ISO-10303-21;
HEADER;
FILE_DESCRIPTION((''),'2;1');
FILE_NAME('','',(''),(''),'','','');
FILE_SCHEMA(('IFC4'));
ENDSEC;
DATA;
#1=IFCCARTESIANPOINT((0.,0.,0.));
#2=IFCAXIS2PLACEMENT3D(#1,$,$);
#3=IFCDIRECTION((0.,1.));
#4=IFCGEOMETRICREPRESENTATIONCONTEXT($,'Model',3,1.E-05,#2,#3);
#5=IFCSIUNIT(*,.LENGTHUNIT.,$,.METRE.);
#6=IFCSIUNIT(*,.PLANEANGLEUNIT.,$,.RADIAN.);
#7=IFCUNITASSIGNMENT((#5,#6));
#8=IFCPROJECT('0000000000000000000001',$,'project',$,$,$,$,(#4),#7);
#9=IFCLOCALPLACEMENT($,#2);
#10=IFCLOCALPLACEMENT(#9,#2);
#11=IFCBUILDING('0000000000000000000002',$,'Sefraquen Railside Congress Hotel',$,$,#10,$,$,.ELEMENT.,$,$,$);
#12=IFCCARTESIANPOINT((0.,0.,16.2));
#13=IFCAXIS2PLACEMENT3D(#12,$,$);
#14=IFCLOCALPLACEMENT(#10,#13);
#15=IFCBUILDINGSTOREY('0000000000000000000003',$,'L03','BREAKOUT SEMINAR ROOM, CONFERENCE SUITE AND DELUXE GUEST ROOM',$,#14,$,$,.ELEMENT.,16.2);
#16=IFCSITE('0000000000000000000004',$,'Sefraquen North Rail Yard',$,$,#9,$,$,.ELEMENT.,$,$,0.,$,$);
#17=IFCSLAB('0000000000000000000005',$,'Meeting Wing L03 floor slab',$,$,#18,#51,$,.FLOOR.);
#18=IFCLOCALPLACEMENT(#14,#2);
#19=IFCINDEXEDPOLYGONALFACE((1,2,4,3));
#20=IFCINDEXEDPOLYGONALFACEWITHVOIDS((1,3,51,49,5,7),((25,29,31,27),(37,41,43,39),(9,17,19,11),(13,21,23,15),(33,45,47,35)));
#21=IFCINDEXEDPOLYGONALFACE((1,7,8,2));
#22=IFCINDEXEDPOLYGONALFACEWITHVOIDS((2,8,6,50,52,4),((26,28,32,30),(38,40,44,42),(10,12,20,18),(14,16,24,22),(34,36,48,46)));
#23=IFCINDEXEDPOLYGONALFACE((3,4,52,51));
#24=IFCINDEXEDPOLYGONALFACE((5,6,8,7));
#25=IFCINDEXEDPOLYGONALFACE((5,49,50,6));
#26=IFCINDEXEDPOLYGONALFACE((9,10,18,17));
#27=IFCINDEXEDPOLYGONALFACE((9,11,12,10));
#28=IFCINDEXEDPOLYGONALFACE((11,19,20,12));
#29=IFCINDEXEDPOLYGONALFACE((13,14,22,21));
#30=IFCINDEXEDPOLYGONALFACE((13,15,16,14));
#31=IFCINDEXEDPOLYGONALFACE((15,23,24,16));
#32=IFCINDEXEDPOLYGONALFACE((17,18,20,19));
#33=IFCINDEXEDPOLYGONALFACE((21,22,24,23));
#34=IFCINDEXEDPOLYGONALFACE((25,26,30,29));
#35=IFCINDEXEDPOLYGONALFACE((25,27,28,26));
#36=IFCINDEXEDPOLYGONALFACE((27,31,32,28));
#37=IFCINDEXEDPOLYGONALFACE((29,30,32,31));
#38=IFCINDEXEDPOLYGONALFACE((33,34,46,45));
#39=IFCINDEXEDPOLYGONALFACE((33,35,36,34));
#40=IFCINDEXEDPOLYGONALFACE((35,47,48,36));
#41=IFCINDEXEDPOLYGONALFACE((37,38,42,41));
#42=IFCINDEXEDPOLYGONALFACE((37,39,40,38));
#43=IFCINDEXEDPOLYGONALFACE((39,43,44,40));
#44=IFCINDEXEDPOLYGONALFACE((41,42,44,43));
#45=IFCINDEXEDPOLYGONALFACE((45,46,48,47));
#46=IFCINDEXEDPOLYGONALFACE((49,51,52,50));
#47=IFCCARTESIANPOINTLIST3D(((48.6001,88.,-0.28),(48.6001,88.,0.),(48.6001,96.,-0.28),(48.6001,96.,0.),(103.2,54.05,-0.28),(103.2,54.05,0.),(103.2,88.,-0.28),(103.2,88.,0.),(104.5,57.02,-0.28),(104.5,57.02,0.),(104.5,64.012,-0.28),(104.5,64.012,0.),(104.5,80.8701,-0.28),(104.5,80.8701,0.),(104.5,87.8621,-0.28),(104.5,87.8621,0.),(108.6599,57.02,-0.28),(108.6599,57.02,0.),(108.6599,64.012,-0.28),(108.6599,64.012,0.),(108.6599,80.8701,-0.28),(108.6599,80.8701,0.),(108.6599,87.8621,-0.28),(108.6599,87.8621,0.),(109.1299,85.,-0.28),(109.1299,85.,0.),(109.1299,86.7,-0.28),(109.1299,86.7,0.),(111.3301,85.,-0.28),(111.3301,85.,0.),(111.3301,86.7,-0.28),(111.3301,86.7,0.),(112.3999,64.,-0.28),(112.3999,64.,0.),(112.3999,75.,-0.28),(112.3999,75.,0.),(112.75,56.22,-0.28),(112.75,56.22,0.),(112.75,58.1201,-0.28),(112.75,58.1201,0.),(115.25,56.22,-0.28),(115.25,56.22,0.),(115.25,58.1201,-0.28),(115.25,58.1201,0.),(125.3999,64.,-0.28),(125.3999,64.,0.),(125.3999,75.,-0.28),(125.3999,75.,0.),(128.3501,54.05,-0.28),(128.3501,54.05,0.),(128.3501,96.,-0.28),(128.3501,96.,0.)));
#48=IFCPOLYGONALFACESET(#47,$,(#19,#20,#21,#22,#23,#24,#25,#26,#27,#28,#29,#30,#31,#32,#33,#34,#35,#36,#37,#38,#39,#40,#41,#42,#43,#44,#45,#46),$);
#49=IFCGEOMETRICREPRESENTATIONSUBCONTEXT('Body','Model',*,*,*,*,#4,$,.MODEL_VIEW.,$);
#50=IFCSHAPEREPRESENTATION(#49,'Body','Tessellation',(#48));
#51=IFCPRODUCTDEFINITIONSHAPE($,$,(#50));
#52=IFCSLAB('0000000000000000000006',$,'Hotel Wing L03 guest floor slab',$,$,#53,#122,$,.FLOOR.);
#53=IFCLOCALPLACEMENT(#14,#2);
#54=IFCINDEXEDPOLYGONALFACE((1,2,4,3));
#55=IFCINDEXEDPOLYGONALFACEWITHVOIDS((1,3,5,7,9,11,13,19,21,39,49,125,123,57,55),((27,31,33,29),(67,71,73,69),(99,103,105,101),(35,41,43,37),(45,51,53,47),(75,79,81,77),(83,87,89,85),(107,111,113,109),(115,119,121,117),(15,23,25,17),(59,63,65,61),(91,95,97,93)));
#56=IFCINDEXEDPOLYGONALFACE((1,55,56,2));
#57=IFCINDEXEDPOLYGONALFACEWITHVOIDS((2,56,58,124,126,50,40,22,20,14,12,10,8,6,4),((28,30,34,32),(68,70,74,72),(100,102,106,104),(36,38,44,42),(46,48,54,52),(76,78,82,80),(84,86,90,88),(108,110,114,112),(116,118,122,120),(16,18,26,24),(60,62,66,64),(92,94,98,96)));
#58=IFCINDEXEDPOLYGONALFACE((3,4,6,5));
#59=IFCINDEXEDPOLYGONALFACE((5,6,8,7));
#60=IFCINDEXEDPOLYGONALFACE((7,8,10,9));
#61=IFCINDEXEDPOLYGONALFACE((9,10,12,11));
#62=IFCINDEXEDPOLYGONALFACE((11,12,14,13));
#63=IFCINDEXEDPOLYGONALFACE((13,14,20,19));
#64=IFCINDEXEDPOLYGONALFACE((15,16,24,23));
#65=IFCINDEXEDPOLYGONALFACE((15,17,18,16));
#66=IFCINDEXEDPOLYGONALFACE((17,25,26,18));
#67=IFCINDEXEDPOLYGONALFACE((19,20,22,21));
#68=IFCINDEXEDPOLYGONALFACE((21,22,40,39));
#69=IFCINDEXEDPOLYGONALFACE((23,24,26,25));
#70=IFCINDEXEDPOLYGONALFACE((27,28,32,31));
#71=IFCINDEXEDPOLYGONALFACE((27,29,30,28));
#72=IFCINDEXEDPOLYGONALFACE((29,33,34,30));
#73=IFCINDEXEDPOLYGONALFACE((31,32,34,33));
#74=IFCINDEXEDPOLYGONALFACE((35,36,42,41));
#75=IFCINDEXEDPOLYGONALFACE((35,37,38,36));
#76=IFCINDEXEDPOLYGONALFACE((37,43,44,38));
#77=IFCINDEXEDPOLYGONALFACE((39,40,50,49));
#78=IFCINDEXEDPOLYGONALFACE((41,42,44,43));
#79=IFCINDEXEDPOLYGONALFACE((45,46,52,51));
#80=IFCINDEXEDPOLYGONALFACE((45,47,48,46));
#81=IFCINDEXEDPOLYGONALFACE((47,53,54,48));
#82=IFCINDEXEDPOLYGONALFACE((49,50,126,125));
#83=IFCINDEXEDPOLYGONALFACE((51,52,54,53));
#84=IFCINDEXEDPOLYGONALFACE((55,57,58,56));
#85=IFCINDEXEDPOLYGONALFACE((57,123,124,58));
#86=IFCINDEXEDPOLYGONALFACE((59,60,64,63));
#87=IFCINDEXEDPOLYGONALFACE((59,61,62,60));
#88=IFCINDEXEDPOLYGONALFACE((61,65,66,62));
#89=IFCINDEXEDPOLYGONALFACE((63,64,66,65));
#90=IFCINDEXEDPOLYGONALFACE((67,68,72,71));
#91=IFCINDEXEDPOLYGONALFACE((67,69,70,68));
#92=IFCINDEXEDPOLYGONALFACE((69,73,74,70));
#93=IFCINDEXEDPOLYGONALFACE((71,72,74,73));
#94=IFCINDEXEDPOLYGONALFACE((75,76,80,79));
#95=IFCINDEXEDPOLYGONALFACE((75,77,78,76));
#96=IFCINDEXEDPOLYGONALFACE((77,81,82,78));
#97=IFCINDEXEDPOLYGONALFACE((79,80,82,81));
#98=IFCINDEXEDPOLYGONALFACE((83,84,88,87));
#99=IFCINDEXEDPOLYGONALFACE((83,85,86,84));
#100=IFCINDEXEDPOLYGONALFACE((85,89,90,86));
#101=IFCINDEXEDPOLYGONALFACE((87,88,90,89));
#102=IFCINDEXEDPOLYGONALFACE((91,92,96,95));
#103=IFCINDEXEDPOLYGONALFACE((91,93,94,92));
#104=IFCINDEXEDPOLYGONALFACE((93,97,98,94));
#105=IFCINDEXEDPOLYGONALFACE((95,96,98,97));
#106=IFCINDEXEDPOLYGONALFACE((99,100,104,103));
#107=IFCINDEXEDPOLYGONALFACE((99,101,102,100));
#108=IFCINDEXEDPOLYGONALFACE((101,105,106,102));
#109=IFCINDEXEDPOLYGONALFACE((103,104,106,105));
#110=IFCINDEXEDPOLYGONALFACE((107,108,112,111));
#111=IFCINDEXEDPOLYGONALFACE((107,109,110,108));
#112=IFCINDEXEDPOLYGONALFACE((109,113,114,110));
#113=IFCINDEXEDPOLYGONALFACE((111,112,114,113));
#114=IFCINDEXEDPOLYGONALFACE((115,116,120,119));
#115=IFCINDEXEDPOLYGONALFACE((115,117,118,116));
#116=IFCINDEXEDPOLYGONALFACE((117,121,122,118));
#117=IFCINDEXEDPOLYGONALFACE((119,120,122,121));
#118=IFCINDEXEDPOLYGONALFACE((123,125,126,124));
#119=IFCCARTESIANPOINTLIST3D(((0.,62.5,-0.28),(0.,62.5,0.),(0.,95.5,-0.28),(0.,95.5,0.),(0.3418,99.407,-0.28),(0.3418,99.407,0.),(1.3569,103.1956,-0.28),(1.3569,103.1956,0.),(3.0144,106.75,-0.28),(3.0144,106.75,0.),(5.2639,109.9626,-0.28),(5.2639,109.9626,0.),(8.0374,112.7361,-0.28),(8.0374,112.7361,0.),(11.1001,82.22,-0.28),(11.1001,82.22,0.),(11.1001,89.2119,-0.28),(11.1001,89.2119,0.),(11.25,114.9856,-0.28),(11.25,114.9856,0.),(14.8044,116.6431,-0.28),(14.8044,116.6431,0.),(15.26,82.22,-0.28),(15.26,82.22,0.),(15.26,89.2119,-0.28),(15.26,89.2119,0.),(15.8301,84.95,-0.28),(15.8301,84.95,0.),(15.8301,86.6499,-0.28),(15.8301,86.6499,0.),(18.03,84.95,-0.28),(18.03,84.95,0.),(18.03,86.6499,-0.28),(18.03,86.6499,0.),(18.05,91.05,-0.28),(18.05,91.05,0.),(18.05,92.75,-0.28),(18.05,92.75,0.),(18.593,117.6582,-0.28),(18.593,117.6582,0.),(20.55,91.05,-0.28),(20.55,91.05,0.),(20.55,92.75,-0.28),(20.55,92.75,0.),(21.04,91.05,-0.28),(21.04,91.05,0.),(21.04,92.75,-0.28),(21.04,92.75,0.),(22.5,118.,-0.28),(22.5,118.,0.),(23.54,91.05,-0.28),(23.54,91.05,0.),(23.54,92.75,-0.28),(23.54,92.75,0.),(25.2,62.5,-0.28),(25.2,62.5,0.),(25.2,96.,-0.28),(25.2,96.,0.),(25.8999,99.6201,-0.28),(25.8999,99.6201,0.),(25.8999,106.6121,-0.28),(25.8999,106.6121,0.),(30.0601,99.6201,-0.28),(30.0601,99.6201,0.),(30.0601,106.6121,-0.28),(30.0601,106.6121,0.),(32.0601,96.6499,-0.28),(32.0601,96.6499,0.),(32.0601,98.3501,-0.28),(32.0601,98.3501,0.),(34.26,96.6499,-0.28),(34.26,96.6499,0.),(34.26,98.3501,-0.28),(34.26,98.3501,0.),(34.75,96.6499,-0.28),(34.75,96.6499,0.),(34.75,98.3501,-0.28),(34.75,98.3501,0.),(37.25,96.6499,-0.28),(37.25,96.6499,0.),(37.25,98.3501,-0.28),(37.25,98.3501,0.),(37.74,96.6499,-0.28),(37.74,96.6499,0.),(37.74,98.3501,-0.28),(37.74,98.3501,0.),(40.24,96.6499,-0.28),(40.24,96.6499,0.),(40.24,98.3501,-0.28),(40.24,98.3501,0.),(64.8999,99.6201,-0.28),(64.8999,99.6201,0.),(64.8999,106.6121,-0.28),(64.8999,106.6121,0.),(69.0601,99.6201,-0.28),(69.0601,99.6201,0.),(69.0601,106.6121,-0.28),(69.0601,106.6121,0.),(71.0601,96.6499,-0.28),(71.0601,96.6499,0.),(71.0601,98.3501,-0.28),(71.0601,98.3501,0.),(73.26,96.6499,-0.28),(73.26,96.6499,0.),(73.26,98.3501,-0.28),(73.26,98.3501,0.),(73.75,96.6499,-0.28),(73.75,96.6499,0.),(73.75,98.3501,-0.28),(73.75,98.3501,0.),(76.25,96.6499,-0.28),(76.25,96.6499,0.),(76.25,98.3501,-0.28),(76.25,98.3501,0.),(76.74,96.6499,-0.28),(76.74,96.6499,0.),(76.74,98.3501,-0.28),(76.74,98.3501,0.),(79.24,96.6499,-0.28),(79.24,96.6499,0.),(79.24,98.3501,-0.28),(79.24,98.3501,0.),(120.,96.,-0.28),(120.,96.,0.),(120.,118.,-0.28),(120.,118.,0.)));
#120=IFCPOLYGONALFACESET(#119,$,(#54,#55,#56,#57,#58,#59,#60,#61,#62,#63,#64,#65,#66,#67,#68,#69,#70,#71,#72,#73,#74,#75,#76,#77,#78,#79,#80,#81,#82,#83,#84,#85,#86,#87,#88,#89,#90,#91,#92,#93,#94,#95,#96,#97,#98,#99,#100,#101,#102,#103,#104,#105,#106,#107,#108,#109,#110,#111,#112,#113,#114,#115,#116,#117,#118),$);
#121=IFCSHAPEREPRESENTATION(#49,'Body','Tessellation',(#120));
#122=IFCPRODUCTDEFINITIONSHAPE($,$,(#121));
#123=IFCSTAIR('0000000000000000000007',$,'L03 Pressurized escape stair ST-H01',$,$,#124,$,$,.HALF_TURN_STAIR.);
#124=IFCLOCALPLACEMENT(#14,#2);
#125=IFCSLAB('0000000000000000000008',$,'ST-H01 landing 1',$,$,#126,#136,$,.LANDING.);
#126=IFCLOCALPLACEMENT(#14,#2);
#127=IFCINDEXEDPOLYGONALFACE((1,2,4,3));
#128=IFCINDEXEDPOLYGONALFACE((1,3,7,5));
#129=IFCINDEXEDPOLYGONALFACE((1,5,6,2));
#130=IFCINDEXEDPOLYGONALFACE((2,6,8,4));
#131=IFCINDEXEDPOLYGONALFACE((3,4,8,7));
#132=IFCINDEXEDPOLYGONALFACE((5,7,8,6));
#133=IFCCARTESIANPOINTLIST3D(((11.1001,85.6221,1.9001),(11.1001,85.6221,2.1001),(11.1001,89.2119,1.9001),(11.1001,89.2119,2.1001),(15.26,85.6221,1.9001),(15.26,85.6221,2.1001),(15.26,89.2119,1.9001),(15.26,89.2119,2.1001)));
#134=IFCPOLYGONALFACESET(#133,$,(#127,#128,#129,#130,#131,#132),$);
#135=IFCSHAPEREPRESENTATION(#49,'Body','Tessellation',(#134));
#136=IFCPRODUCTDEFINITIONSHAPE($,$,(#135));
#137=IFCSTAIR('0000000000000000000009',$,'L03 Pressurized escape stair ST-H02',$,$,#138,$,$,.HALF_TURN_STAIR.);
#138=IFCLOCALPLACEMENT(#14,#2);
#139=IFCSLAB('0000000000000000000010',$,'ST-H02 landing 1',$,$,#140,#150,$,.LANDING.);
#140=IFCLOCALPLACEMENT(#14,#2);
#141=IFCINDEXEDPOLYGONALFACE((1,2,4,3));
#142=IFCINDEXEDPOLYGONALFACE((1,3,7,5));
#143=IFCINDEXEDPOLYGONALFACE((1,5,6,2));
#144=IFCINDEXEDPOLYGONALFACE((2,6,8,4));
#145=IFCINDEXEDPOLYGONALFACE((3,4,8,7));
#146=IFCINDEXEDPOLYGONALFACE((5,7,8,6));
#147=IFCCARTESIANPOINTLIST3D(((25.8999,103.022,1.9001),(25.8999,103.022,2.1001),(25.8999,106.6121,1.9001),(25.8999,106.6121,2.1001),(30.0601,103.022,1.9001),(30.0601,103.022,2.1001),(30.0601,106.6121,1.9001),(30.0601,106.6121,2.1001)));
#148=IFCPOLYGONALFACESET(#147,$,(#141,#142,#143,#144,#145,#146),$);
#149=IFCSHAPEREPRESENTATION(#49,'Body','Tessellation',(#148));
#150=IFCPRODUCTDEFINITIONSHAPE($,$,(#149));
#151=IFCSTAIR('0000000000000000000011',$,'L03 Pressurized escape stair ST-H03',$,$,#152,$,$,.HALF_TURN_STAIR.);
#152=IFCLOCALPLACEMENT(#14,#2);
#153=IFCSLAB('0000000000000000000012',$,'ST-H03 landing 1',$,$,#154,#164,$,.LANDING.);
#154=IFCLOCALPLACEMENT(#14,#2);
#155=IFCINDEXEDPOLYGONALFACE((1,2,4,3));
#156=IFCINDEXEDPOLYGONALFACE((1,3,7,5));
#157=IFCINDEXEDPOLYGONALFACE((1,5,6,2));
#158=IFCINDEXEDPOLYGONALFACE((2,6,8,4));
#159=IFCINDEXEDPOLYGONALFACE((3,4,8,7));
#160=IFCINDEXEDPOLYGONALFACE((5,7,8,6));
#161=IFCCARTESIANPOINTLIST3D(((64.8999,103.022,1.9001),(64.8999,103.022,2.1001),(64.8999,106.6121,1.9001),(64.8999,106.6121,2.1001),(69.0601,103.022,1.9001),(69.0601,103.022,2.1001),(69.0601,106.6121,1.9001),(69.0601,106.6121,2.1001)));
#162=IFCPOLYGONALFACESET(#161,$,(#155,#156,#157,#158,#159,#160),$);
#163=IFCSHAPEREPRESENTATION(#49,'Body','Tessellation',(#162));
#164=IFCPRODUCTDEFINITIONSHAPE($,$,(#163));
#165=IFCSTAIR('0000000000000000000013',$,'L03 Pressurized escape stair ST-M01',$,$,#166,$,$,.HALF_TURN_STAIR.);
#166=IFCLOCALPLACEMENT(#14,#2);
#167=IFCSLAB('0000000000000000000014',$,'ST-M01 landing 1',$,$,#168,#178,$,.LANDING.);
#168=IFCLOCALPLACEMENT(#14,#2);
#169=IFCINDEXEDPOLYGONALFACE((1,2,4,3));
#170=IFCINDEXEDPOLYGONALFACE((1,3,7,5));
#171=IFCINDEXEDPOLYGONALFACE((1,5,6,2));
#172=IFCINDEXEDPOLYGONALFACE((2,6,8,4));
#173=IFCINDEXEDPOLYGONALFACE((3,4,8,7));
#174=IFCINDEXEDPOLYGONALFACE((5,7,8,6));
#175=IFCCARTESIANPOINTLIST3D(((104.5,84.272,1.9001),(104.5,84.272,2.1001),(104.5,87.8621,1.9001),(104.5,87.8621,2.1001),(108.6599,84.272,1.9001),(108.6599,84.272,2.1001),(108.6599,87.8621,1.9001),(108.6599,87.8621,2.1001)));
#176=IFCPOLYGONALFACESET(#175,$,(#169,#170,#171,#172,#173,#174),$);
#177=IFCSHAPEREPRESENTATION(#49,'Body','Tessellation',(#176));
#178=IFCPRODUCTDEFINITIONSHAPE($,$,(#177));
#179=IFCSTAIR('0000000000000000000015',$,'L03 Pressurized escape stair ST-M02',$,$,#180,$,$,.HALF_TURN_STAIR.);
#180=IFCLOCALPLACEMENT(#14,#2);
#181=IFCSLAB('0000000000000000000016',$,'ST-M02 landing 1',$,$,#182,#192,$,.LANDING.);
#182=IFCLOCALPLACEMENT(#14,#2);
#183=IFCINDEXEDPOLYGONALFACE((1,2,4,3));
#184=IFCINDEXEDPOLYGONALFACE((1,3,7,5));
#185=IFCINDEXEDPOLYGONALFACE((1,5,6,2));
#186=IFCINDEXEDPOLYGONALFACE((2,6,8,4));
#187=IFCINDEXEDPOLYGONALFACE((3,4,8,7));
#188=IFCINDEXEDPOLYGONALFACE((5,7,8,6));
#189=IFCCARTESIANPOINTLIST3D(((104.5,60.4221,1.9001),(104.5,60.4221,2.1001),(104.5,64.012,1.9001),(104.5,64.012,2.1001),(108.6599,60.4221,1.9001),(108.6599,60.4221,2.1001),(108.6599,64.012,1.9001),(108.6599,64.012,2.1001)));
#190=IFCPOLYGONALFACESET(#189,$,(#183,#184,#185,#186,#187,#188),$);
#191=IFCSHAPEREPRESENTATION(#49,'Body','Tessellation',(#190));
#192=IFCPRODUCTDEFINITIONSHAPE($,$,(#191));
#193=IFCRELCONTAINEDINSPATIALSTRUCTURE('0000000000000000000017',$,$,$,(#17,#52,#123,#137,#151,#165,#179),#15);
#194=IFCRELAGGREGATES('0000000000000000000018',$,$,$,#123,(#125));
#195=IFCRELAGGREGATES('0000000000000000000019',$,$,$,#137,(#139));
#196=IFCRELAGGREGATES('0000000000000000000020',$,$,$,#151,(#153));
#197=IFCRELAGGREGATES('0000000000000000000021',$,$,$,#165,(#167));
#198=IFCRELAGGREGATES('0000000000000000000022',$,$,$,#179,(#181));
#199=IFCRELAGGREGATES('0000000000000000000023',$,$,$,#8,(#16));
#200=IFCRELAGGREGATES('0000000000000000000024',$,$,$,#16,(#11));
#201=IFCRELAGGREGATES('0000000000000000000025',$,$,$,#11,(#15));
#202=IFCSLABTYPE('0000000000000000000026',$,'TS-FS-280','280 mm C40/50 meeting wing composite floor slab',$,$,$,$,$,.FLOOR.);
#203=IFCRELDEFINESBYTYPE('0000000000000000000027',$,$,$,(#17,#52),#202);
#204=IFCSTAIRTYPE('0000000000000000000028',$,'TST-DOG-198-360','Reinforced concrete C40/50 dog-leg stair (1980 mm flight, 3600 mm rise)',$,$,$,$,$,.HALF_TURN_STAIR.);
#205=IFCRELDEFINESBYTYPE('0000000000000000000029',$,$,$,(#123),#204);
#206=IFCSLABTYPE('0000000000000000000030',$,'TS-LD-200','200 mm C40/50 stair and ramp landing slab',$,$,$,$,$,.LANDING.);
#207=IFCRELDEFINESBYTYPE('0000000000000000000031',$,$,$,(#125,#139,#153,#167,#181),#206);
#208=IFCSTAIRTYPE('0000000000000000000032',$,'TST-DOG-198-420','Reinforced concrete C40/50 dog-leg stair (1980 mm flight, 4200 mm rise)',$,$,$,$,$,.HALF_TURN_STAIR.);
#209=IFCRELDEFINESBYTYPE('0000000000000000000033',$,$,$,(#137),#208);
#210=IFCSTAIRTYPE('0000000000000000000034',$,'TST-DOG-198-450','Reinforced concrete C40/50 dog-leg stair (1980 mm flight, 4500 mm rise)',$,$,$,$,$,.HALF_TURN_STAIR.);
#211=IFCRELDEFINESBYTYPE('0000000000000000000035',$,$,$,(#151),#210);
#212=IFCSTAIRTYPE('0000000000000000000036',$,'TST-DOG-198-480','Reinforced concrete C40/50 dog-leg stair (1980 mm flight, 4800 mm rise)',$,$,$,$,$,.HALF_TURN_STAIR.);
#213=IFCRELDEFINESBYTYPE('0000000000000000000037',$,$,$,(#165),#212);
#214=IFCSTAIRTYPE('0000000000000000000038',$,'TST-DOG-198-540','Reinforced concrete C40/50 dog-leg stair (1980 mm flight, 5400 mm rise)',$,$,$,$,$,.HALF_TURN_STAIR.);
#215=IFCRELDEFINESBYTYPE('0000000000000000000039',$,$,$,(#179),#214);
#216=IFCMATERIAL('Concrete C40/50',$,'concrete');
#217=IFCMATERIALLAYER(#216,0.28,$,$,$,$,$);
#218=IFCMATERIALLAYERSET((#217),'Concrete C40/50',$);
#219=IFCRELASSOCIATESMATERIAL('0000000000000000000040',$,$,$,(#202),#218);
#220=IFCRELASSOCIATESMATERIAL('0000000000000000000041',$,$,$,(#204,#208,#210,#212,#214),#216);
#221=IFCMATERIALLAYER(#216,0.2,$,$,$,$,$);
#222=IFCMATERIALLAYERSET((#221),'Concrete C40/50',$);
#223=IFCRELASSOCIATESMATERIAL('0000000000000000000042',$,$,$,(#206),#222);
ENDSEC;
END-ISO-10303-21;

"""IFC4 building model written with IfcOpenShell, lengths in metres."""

from ifc_helpers import new_model, si_unit, direction, frame, origin, place, context, subcontext, project, spatial, polyline, outline, extrude, material, layer, layer_set, type_object, element, aggregate, save


model = new_model("IFC4")

# Units and contexts
model_context = context("Model", 3, precision=1e-05, world=origin(), true_north=direction((0.0, 1.0)))
body_context = subcontext(model_context, "Body", "Model", "MODEL_VIEW")
ifc_project = project(units=[si_unit("LENGTHUNIT", "METRE"), si_unit("PLANEANGLEUNIT", "RADIAN")], contexts=[model_context])

# Site, building, storey
site_placement = place(None, origin())
site = spatial("IfcSite", under=ifc_project, at=site_placement, Name="Sefraquen North Rail Yard", CompositionType="ELEMENT", RefElevation=0.0)
building_placement = place(site_placement, origin())
building = spatial("IfcBuilding", under=site, at=building_placement, Name="Sefraquen Railside Congress Hotel", CompositionType="ELEMENT")
storey_placement = place(building_placement, frame((0.0, 0.0, 16.2)))
storey = spatial("IfcBuildingStorey", under=building, at=storey_placement, Name="L03", Description="BREAKOUT SEMINAR ROOM, CONFERENCE SUITE AND DELUXE GUEST ROOM", CompositionType="ELEMENT", Elevation=16.2)

# Slabs
ifc_material_1 = material(Name="Concrete C40/50", Category="concrete")
ifc_layer_1 = layer(ifc_material_1, 0.28)
ifc_layer_set_1 = layer_set([ifc_layer_1], Name="Concrete C40/50")
slab_type_1 = type_object("IfcSlabType", Name="TS-FS-280", Description="280 mm C40/50 meeting wing composite floor slab", PredefinedType="FLOOR", material=ifc_layer_set_1)
slab_1_placement = place(storey_placement, frame((0.0, 0.0, -0.28)))
element("IfcSlab", 1, at=slab_1_placement, inside=storey, type_object=slab_type_1, Name="Meeting Wing L03 floor slab", PredefinedType="FLOOR", context=body_context, shape_type="SweptSolid", body=[
    extrude(outline(polyline([(48.6001, 88.0), (103.2, 88.0), (103.2, 54.05), (128.3501, 54.05), (128.3501, 96.0), (48.6001, 96.0), (48.6001, 88.0)]), holes=[polyline([(104.5, 80.8701), (108.6599, 80.8701), (108.6599, 87.8621), (104.5, 87.8621), (104.5, 80.8701)]), polyline([(104.5, 57.02), (108.6599, 57.02), (108.6599, 64.012), (104.5, 64.012), (104.5, 57.02)]), polyline([(109.1299, 85.0), (111.3301, 85.0), (111.3301, 86.7), (109.1299, 86.7), (109.1299, 85.0)]), polyline([(112.75, 56.22), (115.25, 56.22), (115.25, 58.1201), (112.75, 58.1201), (112.75, 56.22)]), polyline([(112.3999, 64.0), (125.3999, 64.0), (125.3999, 75.0), (112.3999, 75.0), (112.3999, 64.0)])]), origin(), (0.0, 0.0, 1.0), 0.28),
])
slab_2_placement = place(storey_placement, frame((0.0, 0.0, -0.28)))
element("IfcSlab", 2, at=slab_2_placement, inside=storey, type_object=slab_type_1, Name="Hotel Wing L03 guest floor slab", PredefinedType="FLOOR", context=body_context, shape_type="SweptSolid", body=[
    extrude(outline(polyline([(0.0, 62.5), (25.2, 62.5), (25.2, 96.0), (120.0, 96.0), (120.0, 118.0), (22.5, 118.0), (18.593, 117.6582), (14.8044, 116.6431), (11.25, 114.9856), (8.0374, 112.7361), (5.2639, 109.9626), (3.0144, 106.75), (1.3569, 103.1956), (0.3418, 99.407), (0.0, 95.5), (0.0, 62.5)]), holes=[polyline([(11.1001, 82.22), (15.26, 82.22), (15.26, 89.2119), (11.1001, 89.2119), (11.1001, 82.22)]), polyline([(25.8999, 99.6201), (30.0601, 99.6201), (30.0601, 106.6121), (25.8999, 106.6121), (25.8999, 99.6201)]), polyline([(64.8999, 99.6201), (69.0601, 99.6201), (69.0601, 106.6121), (64.8999, 106.6121), (64.8999, 99.6201)]), polyline([(15.8301, 84.95), (18.03, 84.95), (18.03, 86.6499), (15.8301, 86.6499), (15.8301, 84.95)]), polyline([(32.0601, 96.6499), (34.26, 96.6499), (34.26, 98.3501), (32.0601, 98.3501), (32.0601, 96.6499)]), polyline([(71.0601, 96.6499), (73.26, 96.6499), (73.26, 98.3501), (71.0601, 98.3501), (71.0601, 96.6499)]), polyline([(18.05, 91.05), (20.55, 91.05), (20.55, 92.75), (18.05, 92.75), (18.05, 91.05)]), polyline([(21.04, 91.05), (23.54, 91.05), (23.54, 92.75), (21.04, 92.75), (21.04, 91.05)]), polyline([(34.75, 96.6499), (37.25, 96.6499), (37.25, 98.3501), (34.75, 98.3501), (34.75, 96.6499)]), polyline([(37.74, 96.6499), (40.24, 96.6499), (40.24, 98.3501), (37.74, 98.3501), (37.74, 96.6499)]), polyline([(73.75, 96.6499), (76.25, 96.6499), (76.25, 98.3501), (73.75, 98.3501), (73.75, 96.6499)]), polyline([(76.74, 96.6499), (79.24, 96.6499), (79.24, 98.3501), (76.74, 98.3501), (76.74, 96.6499)])]), origin(), (0.0, 0.0, 1.0), 0.28),
])

# Stairs, slabs
stair_type_1 = type_object("IfcStairType", Name="TST-DOG-198-360", Description="Reinforced concrete C40/50 dog-leg stair (1980 mm flight, 3600 mm rise)", PredefinedType="HALF_TURN_STAIR", material=ifc_material_1)
stair_1_placement = place(storey_placement, origin())
stair_1 = element("IfcStair", 3, at=stair_1_placement, inside=storey, type_object=stair_type_1, Name="L03 Pressurized escape stair ST-H01", PredefinedType="HALF_TURN_STAIR")
ifc_layer_2 = layer(ifc_material_1, 0.2)
ifc_layer_set_2 = layer_set([ifc_layer_2], Name="Concrete C40/50")
slab_type_2 = type_object("IfcSlabType", Name="TS-LD-200", Description="200 mm C40/50 stair and ramp landing slab", PredefinedType="LANDING", material=ifc_layer_set_2)
slab_3_placement = place(storey_placement, frame((0.0, 0.0, 1.9001)))
slab_3 = element("IfcSlab", 4, at=slab_3_placement, type_object=slab_type_2, Name="ST-H01 landing 1", PredefinedType="LANDING", context=body_context, shape_type="SweptSolid", body=[
    extrude(outline(polyline([(15.26, 85.6221), (15.26, 89.2119), (11.1001, 89.2119), (11.1001, 85.6221), (15.26, 85.6221)])), origin(), (0.0, 0.0, 1.0), 0.2),
])
aggregate(stair_1, [slab_3])
stair_type_2 = type_object("IfcStairType", Name="TST-DOG-198-420", Description="Reinforced concrete C40/50 dog-leg stair (1980 mm flight, 4200 mm rise)", PredefinedType="HALF_TURN_STAIR", material=ifc_material_1)
stair_2_placement = place(storey_placement, origin())
stair_2 = element("IfcStair", 5, at=stair_2_placement, inside=storey, type_object=stair_type_2, Name="L03 Pressurized escape stair ST-H02", PredefinedType="HALF_TURN_STAIR")
slab_4_placement = place(storey_placement, frame((0.0, 0.0, 1.9001)))
slab_4 = element("IfcSlab", 6, at=slab_4_placement, type_object=slab_type_2, Name="ST-H02 landing 1", PredefinedType="LANDING", context=body_context, shape_type="SweptSolid", body=[
    extrude(outline(polyline([(30.0601, 103.022), (30.0601, 106.6121), (25.8999, 106.6121), (25.8999, 103.022), (30.0601, 103.022)])), origin(), (0.0, 0.0, 1.0), 0.2),
])
aggregate(stair_2, [slab_4])
stair_type_3 = type_object("IfcStairType", Name="TST-DOG-198-450", Description="Reinforced concrete C40/50 dog-leg stair (1980 mm flight, 4500 mm rise)", PredefinedType="HALF_TURN_STAIR", material=ifc_material_1)
stair_3_placement = place(storey_placement, origin())
stair_3 = element("IfcStair", 7, at=stair_3_placement, inside=storey, type_object=stair_type_3, Name="L03 Pressurized escape stair ST-H03", PredefinedType="HALF_TURN_STAIR")
slab_5_placement = place(storey_placement, frame((0.0, 0.0, 1.9001)))
slab_5 = element("IfcSlab", 8, at=slab_5_placement, type_object=slab_type_2, Name="ST-H03 landing 1", PredefinedType="LANDING", context=body_context, shape_type="SweptSolid", body=[
    extrude(outline(polyline([(69.0601, 103.022), (69.0601, 106.6121), (64.8999, 106.6121), (64.8999, 103.022), (69.0601, 103.022)])), origin(), (0.0, 0.0, 1.0), 0.2),
])
aggregate(stair_3, [slab_5])
stair_type_4 = type_object("IfcStairType", Name="TST-DOG-198-480", Description="Reinforced concrete C40/50 dog-leg stair (1980 mm flight, 4800 mm rise)", PredefinedType="HALF_TURN_STAIR", material=ifc_material_1)
stair_4_placement = place(storey_placement, origin())
stair_4 = element("IfcStair", 9, at=stair_4_placement, inside=storey, type_object=stair_type_4, Name="L03 Pressurized escape stair ST-M01", PredefinedType="HALF_TURN_STAIR")
slab_6_placement = place(storey_placement, frame((0.0, 0.0, 1.9001)))
slab_6 = element("IfcSlab", 10, at=slab_6_placement, type_object=slab_type_2, Name="ST-M01 landing 1", PredefinedType="LANDING", context=body_context, shape_type="SweptSolid", body=[
    extrude(outline(polyline([(108.6599, 84.272), (108.6599, 87.8621), (104.5, 87.8621), (104.5, 84.272), (108.6599, 84.272)])), origin(), (0.0, 0.0, 1.0), 0.2),
])
aggregate(stair_4, [slab_6])
stair_type_5 = type_object("IfcStairType", Name="TST-DOG-198-540", Description="Reinforced concrete C40/50 dog-leg stair (1980 mm flight, 5400 mm rise)", PredefinedType="HALF_TURN_STAIR", material=ifc_material_1)
stair_5_placement = place(storey_placement, origin())
stair_5 = element("IfcStair", 11, at=stair_5_placement, inside=storey, type_object=stair_type_5, Name="L03 Pressurized escape stair ST-M02", PredefinedType="HALF_TURN_STAIR")
slab_7_placement = place(storey_placement, frame((0.0, 0.0, 1.9001)))
slab_7 = element("IfcSlab", 12, at=slab_7_placement, type_object=slab_type_2, Name="ST-M02 landing 1", PredefinedType="LANDING", context=body_context, shape_type="SweptSolid", body=[
    extrude(outline(polyline([(108.6599, 60.4221), (108.6599, 64.012), (104.5, 64.012), (104.5, 60.4221), (108.6599, 60.4221)])), origin(), (0.0, 0.0, 1.0), 0.2),
])
aggregate(stair_5, [slab_7])

save(model, "model.ifc")
